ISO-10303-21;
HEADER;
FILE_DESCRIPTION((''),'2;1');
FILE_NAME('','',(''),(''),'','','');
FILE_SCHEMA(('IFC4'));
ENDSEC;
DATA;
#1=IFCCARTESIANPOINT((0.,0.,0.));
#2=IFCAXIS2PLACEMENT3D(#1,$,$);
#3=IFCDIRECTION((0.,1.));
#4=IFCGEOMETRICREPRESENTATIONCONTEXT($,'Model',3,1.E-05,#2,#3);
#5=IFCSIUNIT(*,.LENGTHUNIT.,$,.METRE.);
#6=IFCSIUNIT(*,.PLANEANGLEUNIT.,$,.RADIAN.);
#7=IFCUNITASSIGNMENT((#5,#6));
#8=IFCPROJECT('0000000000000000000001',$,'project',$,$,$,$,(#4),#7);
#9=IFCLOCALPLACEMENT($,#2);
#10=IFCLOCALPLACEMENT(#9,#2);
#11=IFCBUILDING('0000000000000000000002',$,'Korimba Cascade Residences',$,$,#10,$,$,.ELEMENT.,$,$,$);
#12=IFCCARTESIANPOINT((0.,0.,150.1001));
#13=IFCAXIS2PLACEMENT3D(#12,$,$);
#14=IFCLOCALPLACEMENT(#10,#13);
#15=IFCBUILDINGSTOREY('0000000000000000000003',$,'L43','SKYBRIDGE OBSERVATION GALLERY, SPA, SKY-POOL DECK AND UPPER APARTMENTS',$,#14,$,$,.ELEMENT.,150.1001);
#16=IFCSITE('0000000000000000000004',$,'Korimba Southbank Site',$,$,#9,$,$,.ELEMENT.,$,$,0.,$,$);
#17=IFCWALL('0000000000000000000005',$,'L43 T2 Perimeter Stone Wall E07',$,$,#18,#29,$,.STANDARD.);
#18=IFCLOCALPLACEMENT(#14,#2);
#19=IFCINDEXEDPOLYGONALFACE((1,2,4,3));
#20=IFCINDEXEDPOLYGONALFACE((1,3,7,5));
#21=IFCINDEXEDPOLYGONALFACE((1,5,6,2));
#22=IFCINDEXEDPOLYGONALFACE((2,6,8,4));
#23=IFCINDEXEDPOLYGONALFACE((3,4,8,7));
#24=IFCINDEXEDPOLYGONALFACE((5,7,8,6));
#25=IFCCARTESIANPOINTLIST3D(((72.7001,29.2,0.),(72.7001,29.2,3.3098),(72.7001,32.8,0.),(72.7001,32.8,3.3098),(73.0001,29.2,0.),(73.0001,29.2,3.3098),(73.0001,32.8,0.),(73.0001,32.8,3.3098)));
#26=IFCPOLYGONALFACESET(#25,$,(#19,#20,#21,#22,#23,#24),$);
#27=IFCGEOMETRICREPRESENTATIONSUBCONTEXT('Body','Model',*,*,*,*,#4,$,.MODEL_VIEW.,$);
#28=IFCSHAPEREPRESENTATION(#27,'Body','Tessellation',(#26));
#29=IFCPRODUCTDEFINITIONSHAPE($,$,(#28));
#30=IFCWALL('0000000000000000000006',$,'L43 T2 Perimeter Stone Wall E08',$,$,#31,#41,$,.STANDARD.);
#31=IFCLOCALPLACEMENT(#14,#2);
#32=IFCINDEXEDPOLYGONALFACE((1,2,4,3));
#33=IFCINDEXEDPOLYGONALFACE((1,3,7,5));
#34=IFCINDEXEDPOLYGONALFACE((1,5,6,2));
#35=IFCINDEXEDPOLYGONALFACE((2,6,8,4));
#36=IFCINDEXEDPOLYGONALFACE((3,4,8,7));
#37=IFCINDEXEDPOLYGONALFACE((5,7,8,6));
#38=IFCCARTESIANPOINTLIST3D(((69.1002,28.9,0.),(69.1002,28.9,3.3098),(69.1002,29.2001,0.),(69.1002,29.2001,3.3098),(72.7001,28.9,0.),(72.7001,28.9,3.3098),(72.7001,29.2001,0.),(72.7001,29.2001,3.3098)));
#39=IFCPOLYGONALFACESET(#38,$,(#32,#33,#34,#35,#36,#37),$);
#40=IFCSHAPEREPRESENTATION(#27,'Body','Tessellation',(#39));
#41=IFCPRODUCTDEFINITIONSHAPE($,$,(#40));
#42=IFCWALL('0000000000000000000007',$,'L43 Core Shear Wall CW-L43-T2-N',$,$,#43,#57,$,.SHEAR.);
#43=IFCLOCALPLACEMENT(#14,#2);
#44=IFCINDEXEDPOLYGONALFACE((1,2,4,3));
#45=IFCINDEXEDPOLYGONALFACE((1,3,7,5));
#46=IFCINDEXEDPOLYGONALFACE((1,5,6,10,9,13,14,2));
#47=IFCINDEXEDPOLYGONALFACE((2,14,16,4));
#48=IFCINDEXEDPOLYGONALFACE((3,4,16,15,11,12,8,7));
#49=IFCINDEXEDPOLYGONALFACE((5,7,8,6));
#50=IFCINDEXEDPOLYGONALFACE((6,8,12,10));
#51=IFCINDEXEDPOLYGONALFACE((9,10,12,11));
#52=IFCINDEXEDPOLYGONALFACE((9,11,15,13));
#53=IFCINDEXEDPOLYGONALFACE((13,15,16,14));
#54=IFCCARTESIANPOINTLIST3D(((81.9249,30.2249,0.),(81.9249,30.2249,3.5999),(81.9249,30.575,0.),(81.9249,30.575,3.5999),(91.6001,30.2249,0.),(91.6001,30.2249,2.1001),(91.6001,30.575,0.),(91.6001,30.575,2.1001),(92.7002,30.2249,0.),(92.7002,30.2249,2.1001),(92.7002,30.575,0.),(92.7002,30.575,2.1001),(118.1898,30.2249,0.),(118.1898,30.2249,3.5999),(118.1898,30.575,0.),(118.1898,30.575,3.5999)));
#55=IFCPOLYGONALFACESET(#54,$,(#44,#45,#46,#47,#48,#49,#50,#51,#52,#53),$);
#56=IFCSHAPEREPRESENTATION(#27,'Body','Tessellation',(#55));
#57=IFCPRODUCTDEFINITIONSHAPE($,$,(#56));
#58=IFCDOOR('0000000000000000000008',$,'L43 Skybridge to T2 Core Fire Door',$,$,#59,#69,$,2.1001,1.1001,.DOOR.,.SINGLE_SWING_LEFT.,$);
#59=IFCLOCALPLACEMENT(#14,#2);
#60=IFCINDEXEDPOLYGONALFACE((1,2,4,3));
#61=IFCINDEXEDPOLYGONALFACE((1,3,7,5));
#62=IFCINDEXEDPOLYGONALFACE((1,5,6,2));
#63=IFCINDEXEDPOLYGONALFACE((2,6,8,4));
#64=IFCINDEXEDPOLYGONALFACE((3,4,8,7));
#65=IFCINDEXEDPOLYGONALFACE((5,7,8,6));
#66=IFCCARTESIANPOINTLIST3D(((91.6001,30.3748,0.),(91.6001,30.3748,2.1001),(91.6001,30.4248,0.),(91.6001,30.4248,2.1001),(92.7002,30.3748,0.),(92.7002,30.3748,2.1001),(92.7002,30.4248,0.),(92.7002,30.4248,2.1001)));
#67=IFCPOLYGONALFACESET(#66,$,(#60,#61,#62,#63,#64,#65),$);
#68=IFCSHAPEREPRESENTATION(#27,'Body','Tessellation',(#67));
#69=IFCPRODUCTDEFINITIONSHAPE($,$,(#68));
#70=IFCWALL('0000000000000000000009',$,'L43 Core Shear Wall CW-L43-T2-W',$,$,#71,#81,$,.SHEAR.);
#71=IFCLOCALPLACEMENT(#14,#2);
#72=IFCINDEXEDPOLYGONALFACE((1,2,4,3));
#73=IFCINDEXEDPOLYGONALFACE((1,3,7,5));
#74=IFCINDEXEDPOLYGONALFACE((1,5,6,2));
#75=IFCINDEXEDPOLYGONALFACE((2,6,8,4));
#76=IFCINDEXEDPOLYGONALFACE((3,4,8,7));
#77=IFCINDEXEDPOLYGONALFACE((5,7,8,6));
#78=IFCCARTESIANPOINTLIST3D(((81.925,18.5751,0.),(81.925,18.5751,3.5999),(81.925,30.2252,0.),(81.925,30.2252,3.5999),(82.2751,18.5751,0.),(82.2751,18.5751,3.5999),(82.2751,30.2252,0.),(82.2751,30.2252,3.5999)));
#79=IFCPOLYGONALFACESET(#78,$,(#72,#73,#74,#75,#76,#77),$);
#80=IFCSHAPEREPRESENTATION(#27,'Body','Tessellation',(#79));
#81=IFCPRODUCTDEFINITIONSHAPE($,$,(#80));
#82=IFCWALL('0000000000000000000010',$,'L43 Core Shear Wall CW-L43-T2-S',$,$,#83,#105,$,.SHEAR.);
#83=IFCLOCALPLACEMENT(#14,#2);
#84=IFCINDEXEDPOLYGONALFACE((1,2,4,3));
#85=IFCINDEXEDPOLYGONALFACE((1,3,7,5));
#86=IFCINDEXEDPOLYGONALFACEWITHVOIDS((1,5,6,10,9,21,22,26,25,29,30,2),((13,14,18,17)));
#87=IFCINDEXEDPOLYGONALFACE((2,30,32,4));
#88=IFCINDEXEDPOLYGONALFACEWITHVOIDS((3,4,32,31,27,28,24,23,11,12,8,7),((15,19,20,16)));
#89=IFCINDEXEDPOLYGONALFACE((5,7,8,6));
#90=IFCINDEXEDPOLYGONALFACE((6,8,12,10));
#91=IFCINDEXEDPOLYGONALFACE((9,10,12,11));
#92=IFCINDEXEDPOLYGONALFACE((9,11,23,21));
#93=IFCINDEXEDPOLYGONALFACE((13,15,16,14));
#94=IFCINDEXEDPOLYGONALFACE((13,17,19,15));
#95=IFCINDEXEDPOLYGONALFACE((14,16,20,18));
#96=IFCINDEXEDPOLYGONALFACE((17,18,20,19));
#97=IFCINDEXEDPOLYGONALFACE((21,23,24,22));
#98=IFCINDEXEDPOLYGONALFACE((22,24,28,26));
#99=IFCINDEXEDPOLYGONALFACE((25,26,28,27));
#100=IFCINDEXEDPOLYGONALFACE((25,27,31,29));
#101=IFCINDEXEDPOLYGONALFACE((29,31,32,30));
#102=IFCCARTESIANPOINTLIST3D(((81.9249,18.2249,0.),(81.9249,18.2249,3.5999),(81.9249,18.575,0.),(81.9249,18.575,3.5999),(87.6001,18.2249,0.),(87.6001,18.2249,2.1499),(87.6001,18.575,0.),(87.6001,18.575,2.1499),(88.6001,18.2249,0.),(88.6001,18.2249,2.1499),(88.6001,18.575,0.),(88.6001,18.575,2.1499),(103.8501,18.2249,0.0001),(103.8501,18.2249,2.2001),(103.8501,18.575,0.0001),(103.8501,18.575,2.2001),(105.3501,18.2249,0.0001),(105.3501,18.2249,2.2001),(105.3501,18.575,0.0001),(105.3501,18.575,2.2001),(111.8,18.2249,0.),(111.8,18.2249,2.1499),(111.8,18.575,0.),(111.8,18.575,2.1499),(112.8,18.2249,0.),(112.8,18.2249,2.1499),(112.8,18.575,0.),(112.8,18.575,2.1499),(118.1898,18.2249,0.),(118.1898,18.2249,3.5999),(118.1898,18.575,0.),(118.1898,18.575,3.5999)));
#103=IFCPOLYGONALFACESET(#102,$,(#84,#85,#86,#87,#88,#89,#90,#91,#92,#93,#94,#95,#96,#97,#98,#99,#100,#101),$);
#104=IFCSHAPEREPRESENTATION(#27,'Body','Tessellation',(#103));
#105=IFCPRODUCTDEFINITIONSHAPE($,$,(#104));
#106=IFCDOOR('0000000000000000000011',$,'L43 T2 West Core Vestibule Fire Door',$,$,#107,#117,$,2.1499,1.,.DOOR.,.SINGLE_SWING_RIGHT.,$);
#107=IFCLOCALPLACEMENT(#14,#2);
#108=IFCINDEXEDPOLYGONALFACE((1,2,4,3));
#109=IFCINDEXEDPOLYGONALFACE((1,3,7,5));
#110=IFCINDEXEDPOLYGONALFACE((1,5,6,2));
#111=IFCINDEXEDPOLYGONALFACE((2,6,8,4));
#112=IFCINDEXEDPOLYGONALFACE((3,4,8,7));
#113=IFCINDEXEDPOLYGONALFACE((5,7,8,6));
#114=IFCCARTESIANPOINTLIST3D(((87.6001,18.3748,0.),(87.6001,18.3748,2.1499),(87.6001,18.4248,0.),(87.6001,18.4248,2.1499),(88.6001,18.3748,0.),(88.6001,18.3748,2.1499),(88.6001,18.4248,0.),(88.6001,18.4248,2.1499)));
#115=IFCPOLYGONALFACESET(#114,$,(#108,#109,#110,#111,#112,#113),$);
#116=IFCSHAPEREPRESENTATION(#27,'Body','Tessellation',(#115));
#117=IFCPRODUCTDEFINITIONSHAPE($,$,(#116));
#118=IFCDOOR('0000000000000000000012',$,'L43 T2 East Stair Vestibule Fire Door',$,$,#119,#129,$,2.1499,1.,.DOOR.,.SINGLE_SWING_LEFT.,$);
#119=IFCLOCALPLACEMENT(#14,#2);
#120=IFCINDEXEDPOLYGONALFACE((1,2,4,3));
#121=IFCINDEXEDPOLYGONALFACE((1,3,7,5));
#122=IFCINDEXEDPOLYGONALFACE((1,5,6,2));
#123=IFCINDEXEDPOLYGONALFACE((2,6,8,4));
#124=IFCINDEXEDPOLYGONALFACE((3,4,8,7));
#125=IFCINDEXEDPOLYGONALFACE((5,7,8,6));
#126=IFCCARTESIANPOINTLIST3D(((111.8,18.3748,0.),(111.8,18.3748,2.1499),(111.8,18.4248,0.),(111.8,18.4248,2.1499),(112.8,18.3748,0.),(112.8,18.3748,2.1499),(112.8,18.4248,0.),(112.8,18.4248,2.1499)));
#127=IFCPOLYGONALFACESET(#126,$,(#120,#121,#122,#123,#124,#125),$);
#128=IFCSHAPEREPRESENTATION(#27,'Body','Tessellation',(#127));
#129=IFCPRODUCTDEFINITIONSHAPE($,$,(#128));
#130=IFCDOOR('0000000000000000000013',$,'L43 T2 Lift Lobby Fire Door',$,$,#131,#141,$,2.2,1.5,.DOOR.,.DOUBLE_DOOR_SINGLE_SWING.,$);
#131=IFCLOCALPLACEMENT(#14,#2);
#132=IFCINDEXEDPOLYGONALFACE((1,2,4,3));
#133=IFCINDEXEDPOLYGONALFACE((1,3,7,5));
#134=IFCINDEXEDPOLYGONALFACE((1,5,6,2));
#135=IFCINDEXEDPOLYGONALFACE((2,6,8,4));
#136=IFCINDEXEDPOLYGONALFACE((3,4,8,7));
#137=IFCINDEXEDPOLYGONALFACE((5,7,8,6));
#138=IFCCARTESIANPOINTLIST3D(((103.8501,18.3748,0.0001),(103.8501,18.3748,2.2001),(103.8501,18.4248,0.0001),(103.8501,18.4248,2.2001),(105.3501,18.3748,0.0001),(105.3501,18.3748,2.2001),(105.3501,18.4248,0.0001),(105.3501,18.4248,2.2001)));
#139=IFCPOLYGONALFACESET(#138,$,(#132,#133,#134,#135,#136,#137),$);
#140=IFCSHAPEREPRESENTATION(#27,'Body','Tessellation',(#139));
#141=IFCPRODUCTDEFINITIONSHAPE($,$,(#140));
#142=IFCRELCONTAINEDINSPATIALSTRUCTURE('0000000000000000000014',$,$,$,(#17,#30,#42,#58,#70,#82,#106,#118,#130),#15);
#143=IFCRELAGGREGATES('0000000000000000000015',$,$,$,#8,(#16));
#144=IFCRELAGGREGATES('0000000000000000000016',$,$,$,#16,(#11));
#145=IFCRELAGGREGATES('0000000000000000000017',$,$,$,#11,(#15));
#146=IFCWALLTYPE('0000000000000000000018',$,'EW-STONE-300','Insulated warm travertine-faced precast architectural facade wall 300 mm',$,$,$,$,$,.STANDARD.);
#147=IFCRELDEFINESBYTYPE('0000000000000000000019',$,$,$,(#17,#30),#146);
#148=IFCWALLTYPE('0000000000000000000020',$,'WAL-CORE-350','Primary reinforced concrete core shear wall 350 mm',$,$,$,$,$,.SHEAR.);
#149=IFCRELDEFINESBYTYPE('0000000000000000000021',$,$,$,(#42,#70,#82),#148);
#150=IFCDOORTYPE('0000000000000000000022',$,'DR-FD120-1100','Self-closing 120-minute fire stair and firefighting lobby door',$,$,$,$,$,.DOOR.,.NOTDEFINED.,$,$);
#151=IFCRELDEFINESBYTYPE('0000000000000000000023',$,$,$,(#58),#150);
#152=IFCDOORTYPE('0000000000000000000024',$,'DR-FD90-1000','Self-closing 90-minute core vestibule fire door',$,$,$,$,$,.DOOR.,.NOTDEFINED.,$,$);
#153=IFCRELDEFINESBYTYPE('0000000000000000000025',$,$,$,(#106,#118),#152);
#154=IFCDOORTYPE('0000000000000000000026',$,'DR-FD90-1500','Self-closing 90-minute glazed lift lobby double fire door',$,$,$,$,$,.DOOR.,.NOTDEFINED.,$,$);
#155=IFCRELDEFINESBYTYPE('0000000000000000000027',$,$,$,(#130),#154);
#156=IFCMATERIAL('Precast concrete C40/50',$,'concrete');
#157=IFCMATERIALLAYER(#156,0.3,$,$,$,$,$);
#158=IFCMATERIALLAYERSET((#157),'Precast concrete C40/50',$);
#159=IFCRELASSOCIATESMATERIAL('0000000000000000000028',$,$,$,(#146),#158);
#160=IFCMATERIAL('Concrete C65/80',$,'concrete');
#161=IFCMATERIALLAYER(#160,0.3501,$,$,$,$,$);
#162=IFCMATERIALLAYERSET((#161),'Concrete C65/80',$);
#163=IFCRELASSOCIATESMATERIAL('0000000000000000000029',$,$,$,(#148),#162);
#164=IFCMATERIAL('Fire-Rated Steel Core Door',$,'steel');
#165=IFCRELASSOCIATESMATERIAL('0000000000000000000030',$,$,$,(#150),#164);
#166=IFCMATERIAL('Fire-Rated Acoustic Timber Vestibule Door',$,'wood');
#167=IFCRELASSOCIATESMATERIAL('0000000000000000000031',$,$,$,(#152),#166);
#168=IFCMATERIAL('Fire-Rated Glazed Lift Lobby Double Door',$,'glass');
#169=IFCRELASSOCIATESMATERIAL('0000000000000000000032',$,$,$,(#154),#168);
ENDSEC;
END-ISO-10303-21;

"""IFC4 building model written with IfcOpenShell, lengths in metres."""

from ifc_helpers import new_model, si_unit, direction, frame, frame_2d, origin, place, context, subcontext, project, spatial, rectangle, extrude, material, layer, layer_set, type_object, element, fill, save


model = new_model("IFC4")

# Units and contexts
model_context = context("Model", 3, precision=1e-05, world=origin(), true_north=direction((0.0, 1.0)))
body_context = subcontext(model_context, "Body", "Model", "MODEL_VIEW")
ifc_project = project(units=[si_unit("LENGTHUNIT", "METRE"), si_unit("PLANEANGLEUNIT", "RADIAN")], contexts=[model_context])

# Site, building, storey
site_placement = place(None, origin())
site = spatial("IfcSite", under=ifc_project, at=site_placement, Name="Korimba Southbank Site", CompositionType="ELEMENT", RefElevation=0.0)
building_placement = place(site_placement, origin())
building = spatial("IfcBuilding", under=site, at=building_placement, Name="Korimba Cascade Residences", CompositionType="ELEMENT")
storey_placement = place(building_placement, frame((0.0, 0.0, 150.1001)))
storey = spatial("IfcBuildingStorey", under=building, at=storey_placement, Name="L43", Description="SKYBRIDGE OBSERVATION GALLERY, SPA, SKY-POOL DECK AND UPPER APARTMENTS", CompositionType="ELEMENT", Elevation=150.1001)

# Walls
ifc_material_1 = material(Name="Precast concrete C40/50", Category="concrete")
ifc_layer_1 = layer(ifc_material_1, 0.3)
ifc_layer_set_1 = layer_set([ifc_layer_1], Name="Precast concrete C40/50")
wall_type_1 = type_object("IfcWallType", Name="EW-STONE-300", Description="Insulated warm travertine-faced precast architectural facade wall 300 mm", PredefinedType="STANDARD", material=ifc_layer_set_1)
wall_1_placement = place(storey_placement, frame((72.8501, 32.8, 0.0), z_axis=(0.0, 0.0, 1.0), x_axis=(0.0, -1.0, 0.0)))
element("IfcWall", 1, at=wall_1_placement, inside=storey, type_object=wall_type_1, Name="L43 T2 Perimeter Stone Wall E07", PredefinedType="STANDARD", context=body_context, shape_type="SweptSolid", body=[
    extrude(rectangle(XDim=3.6001, YDim=0.3, at=frame_2d((1.8, 0.0))), origin(), (0.0, 0.0, 1.0), 3.3098),
])
wall_2_placement = place(storey_placement, frame((72.7, 29.05, 0.0), z_axis=(0.0, 0.0, 1.0), x_axis=(-1.0, 0.0, 0.0)))
element("IfcWall", 2, at=wall_2_placement, inside=storey, type_object=wall_type_1, Name="L43 T2 Perimeter Stone Wall E08", PredefinedType="STANDARD", context=body_context, shape_type="SweptSolid", body=[
    extrude(rectangle(XDim=3.5999, YDim=0.3, at=frame_2d((1.7998, 0.0))), origin(), (0.0, 0.0, 1.0), 3.3098),
])

# Wall, opening, door
ifc_material_2 = material(Name="Concrete C65/80", Category="concrete")
ifc_layer_2 = layer(ifc_material_2, 0.3501)
ifc_layer_set_2 = layer_set([ifc_layer_2], Name="Concrete C65/80")
wall_type_2 = type_object("IfcWallType", Name="WAL-CORE-350", Description="Primary reinforced concrete core shear wall 350 mm", PredefinedType="SHEAR", material=ifc_layer_set_2)
wall_3_placement = place(storey_placement, frame((81.925, 30.3999, 0.0), z_axis=(0.0, 0.0, 1.0), x_axis=(1.0, 0.0, 0.0)))
wall_3 = element("IfcWall", 3, at=wall_3_placement, inside=storey, type_object=wall_type_2, Name="L43 Core Shear Wall CW-L43-T2-N", PredefinedType="SHEAR", context=body_context, shape_type="SweptSolid", body=[
    extrude(rectangle(XDim=36.2649, YDim=0.3501, at=frame_2d((18.1323, 0.0))), origin(), (0.0, 0.0, 1.0), 3.5999),
])
opening_1_placement = place(wall_3_placement, frame((9.675, 0.0, 0.0)))
opening_1 = element("IfcOpeningElement", 4, at=opening_1_placement, cuts=wall_3, PredefinedType="OPENING", context=body_context, shape_type="SweptSolid", body=[
    extrude(rectangle(XDim=1.1001, YDim=2.1001, at=frame_2d((0.55, 1.05))), frame((0.0, 0.1851, 0.0), z_axis=(0.0, -1.0, 0.0), x_axis=(1.0, 0.0, 0.0)), (0.0, 0.0, 1.0), 0.3701),
])
ifc_material_3 = material(Name="Fire-Rated Steel Core Door", Category="steel")
door_type_1 = type_object("IfcDoorType", Name="DR-FD120-1100", Description="Self-closing 120-minute fire stair and firefighting lobby door", OperationType="NOTDEFINED", PredefinedType="DOOR", material=ifc_material_3)
door_1_placement = place(opening_1_placement, origin())
door_1 = element("IfcDoor", 5, at=door_1_placement, inside=storey, type_object=door_type_1, Name="L43 Skybridge to T2 Core Fire Door", OperationType="SINGLE_SWING_LEFT", OverallHeight=2.1001, OverallWidth=1.1001, PredefinedType="DOOR", context=body_context, shape_type="SweptSolid", body=[
    extrude(rectangle(XDim=1.1001, YDim=2.1001, at=frame_2d((0.55, 1.05))), frame((0.0, 0.0249, 0.0), z_axis=(0.0, -1.0, 0.0), x_axis=(1.0, 0.0, 0.0)), (0.0, 0.0, 1.0), 0.05),
])
fill(opening_1, door_1)

# Wall
wall_4_placement = place(storey_placement, frame((82.1001, 18.575, 0.0), z_axis=(0.0, 0.0, 1.0), x_axis=(0.0, 1.0, 0.0)))
element("IfcWall", 6, at=wall_4_placement, inside=storey, type_object=wall_type_2, Name="L43 Core Shear Wall CW-L43-T2-W", PredefinedType="SHEAR", context=body_context, shape_type="SweptSolid", body=[
    extrude(rectangle(XDim=11.6501, YDim=0.3501, at=frame_2d((5.8252, 0.0))), origin(), (0.0, 0.0, 1.0), 3.5999),
])

# Wall, openings, doors
wall_5_placement = place(storey_placement, frame((81.925, 18.3999, 0.0), z_axis=(0.0, 0.0, 1.0), x_axis=(1.0, 0.0, 0.0)))
wall_5 = element("IfcWall", 7, at=wall_5_placement, inside=storey, type_object=wall_type_2, Name="L43 Core Shear Wall CW-L43-T2-S", PredefinedType="SHEAR", context=body_context, shape_type="SweptSolid", body=[
    extrude(rectangle(XDim=36.2649, YDim=0.3501, at=frame_2d((18.1323, 0.0))), origin(), (0.0, 0.0, 1.0), 3.5999),
])
opening_2_placement = place(wall_5_placement, frame((5.675, 0.0, 0.0)))
opening_2 = element("IfcOpeningElement", 8, at=opening_2_placement, cuts=wall_5, PredefinedType="OPENING", context=body_context, shape_type="SweptSolid", body=[
    extrude(rectangle(XDim=1.0, YDim=2.1499, at=frame_2d((0.5, 1.075))), frame((0.0, 0.1851, 0.0), z_axis=(0.0, -1.0, 0.0), x_axis=(1.0, 0.0, 0.0)), (0.0, 0.0, 1.0), 0.3701),
])
opening_3_placement = place(wall_5_placement, frame((21.925, 0.0, 0.0)))
opening_3 = element("IfcOpeningElement", 9, at=opening_3_placement, cuts=wall_5, PredefinedType="OPENING", context=body_context, shape_type="SweptSolid", body=[
    extrude(rectangle(XDim=1.5, YDim=2.2, at=frame_2d((0.75, 1.1001))), frame((0.0, 0.1851, 0.0), z_axis=(0.0, -1.0, 0.0), x_axis=(1.0, 0.0, 0.0)), (0.0, 0.0, 1.0), 0.3701),
])
opening_4_placement = place(wall_5_placement, frame((29.875, 0.0, 0.0)))
opening_4 = element("IfcOpeningElement", 10, at=opening_4_placement, cuts=wall_5, PredefinedType="OPENING", context=body_context, shape_type="SweptSolid", body=[
    extrude(rectangle(XDim=1.0, YDim=2.1499, at=frame_2d((0.5, 1.075))), frame((0.0, 0.1851, 0.0), z_axis=(0.0, -1.0, 0.0), x_axis=(1.0, 0.0, 0.0)), (0.0, 0.0, 1.0), 0.3701),
])
ifc_material_4 = material(Name="Fire-Rated Acoustic Timber Vestibule Door", Category="wood")
door_type_2 = type_object("IfcDoorType", Name="DR-FD90-1000", Description="Self-closing 90-minute core vestibule fire door", OperationType="NOTDEFINED", PredefinedType="DOOR", material=ifc_material_4)
door_2_placement = place(opening_2_placement, origin())
door_2 = element("IfcDoor", 11, at=door_2_placement, inside=storey, type_object=door_type_2, Name="L43 T2 West Core Vestibule Fire Door", OperationType="SINGLE_SWING_RIGHT", OverallHeight=2.1499, OverallWidth=1.0, PredefinedType="DOOR", context=body_context, shape_type="SweptSolid", body=[
    extrude(rectangle(XDim=1.0, YDim=2.1499, at=frame_2d((0.5, 1.075))), frame((0.0, 0.0249, 0.0), z_axis=(0.0, -1.0, 0.0), x_axis=(1.0, 0.0, 0.0)), (0.0, 0.0, 1.0), 0.05),
])
fill(opening_2, door_2)
door_3_placement = place(opening_4_placement, origin())
door_3 = element("IfcDoor", 12, at=door_3_placement, inside=storey, type_object=door_type_2, Name="L43 T2 East Stair Vestibule Fire Door", OperationType="SINGLE_SWING_LEFT", OverallHeight=2.1499, OverallWidth=1.0, PredefinedType="DOOR", context=body_context, shape_type="SweptSolid", body=[
    extrude(rectangle(XDim=1.0, YDim=2.1499, at=frame_2d((0.5, 1.075))), frame((0.0, 0.0249, 0.0), z_axis=(0.0, -1.0, 0.0), x_axis=(1.0, 0.0, 0.0)), (0.0, 0.0, 1.0), 0.05),
])
fill(opening_4, door_3)
ifc_material_5 = material(Name="Fire-Rated Glazed Lift Lobby Double Door", Category="glass")
door_type_3 = type_object("IfcDoorType", Name="DR-FD90-1500", Description="Self-closing 90-minute glazed lift lobby double fire door", OperationType="NOTDEFINED", PredefinedType="DOOR", material=ifc_material_5)
door_4_placement = place(opening_3_placement, origin())
door_4 = element("IfcDoor", 13, at=door_4_placement, inside=storey, type_object=door_type_3, Name="L43 T2 Lift Lobby Fire Door", OperationType="DOUBLE_DOOR_SINGLE_SWING", OverallHeight=2.2, OverallWidth=1.5, PredefinedType="DOOR", context=body_context, shape_type="SweptSolid", body=[
    extrude(rectangle(XDim=1.5, YDim=2.2, at=frame_2d((0.75, 1.1001))), frame((0.0, 0.0249, 0.0), z_axis=(0.0, -1.0, 0.0), x_axis=(1.0, 0.0, 0.0)), (0.0, 0.0, 1.0), 0.05),
])
fill(opening_3, door_4)

save(model, "model.ifc")
